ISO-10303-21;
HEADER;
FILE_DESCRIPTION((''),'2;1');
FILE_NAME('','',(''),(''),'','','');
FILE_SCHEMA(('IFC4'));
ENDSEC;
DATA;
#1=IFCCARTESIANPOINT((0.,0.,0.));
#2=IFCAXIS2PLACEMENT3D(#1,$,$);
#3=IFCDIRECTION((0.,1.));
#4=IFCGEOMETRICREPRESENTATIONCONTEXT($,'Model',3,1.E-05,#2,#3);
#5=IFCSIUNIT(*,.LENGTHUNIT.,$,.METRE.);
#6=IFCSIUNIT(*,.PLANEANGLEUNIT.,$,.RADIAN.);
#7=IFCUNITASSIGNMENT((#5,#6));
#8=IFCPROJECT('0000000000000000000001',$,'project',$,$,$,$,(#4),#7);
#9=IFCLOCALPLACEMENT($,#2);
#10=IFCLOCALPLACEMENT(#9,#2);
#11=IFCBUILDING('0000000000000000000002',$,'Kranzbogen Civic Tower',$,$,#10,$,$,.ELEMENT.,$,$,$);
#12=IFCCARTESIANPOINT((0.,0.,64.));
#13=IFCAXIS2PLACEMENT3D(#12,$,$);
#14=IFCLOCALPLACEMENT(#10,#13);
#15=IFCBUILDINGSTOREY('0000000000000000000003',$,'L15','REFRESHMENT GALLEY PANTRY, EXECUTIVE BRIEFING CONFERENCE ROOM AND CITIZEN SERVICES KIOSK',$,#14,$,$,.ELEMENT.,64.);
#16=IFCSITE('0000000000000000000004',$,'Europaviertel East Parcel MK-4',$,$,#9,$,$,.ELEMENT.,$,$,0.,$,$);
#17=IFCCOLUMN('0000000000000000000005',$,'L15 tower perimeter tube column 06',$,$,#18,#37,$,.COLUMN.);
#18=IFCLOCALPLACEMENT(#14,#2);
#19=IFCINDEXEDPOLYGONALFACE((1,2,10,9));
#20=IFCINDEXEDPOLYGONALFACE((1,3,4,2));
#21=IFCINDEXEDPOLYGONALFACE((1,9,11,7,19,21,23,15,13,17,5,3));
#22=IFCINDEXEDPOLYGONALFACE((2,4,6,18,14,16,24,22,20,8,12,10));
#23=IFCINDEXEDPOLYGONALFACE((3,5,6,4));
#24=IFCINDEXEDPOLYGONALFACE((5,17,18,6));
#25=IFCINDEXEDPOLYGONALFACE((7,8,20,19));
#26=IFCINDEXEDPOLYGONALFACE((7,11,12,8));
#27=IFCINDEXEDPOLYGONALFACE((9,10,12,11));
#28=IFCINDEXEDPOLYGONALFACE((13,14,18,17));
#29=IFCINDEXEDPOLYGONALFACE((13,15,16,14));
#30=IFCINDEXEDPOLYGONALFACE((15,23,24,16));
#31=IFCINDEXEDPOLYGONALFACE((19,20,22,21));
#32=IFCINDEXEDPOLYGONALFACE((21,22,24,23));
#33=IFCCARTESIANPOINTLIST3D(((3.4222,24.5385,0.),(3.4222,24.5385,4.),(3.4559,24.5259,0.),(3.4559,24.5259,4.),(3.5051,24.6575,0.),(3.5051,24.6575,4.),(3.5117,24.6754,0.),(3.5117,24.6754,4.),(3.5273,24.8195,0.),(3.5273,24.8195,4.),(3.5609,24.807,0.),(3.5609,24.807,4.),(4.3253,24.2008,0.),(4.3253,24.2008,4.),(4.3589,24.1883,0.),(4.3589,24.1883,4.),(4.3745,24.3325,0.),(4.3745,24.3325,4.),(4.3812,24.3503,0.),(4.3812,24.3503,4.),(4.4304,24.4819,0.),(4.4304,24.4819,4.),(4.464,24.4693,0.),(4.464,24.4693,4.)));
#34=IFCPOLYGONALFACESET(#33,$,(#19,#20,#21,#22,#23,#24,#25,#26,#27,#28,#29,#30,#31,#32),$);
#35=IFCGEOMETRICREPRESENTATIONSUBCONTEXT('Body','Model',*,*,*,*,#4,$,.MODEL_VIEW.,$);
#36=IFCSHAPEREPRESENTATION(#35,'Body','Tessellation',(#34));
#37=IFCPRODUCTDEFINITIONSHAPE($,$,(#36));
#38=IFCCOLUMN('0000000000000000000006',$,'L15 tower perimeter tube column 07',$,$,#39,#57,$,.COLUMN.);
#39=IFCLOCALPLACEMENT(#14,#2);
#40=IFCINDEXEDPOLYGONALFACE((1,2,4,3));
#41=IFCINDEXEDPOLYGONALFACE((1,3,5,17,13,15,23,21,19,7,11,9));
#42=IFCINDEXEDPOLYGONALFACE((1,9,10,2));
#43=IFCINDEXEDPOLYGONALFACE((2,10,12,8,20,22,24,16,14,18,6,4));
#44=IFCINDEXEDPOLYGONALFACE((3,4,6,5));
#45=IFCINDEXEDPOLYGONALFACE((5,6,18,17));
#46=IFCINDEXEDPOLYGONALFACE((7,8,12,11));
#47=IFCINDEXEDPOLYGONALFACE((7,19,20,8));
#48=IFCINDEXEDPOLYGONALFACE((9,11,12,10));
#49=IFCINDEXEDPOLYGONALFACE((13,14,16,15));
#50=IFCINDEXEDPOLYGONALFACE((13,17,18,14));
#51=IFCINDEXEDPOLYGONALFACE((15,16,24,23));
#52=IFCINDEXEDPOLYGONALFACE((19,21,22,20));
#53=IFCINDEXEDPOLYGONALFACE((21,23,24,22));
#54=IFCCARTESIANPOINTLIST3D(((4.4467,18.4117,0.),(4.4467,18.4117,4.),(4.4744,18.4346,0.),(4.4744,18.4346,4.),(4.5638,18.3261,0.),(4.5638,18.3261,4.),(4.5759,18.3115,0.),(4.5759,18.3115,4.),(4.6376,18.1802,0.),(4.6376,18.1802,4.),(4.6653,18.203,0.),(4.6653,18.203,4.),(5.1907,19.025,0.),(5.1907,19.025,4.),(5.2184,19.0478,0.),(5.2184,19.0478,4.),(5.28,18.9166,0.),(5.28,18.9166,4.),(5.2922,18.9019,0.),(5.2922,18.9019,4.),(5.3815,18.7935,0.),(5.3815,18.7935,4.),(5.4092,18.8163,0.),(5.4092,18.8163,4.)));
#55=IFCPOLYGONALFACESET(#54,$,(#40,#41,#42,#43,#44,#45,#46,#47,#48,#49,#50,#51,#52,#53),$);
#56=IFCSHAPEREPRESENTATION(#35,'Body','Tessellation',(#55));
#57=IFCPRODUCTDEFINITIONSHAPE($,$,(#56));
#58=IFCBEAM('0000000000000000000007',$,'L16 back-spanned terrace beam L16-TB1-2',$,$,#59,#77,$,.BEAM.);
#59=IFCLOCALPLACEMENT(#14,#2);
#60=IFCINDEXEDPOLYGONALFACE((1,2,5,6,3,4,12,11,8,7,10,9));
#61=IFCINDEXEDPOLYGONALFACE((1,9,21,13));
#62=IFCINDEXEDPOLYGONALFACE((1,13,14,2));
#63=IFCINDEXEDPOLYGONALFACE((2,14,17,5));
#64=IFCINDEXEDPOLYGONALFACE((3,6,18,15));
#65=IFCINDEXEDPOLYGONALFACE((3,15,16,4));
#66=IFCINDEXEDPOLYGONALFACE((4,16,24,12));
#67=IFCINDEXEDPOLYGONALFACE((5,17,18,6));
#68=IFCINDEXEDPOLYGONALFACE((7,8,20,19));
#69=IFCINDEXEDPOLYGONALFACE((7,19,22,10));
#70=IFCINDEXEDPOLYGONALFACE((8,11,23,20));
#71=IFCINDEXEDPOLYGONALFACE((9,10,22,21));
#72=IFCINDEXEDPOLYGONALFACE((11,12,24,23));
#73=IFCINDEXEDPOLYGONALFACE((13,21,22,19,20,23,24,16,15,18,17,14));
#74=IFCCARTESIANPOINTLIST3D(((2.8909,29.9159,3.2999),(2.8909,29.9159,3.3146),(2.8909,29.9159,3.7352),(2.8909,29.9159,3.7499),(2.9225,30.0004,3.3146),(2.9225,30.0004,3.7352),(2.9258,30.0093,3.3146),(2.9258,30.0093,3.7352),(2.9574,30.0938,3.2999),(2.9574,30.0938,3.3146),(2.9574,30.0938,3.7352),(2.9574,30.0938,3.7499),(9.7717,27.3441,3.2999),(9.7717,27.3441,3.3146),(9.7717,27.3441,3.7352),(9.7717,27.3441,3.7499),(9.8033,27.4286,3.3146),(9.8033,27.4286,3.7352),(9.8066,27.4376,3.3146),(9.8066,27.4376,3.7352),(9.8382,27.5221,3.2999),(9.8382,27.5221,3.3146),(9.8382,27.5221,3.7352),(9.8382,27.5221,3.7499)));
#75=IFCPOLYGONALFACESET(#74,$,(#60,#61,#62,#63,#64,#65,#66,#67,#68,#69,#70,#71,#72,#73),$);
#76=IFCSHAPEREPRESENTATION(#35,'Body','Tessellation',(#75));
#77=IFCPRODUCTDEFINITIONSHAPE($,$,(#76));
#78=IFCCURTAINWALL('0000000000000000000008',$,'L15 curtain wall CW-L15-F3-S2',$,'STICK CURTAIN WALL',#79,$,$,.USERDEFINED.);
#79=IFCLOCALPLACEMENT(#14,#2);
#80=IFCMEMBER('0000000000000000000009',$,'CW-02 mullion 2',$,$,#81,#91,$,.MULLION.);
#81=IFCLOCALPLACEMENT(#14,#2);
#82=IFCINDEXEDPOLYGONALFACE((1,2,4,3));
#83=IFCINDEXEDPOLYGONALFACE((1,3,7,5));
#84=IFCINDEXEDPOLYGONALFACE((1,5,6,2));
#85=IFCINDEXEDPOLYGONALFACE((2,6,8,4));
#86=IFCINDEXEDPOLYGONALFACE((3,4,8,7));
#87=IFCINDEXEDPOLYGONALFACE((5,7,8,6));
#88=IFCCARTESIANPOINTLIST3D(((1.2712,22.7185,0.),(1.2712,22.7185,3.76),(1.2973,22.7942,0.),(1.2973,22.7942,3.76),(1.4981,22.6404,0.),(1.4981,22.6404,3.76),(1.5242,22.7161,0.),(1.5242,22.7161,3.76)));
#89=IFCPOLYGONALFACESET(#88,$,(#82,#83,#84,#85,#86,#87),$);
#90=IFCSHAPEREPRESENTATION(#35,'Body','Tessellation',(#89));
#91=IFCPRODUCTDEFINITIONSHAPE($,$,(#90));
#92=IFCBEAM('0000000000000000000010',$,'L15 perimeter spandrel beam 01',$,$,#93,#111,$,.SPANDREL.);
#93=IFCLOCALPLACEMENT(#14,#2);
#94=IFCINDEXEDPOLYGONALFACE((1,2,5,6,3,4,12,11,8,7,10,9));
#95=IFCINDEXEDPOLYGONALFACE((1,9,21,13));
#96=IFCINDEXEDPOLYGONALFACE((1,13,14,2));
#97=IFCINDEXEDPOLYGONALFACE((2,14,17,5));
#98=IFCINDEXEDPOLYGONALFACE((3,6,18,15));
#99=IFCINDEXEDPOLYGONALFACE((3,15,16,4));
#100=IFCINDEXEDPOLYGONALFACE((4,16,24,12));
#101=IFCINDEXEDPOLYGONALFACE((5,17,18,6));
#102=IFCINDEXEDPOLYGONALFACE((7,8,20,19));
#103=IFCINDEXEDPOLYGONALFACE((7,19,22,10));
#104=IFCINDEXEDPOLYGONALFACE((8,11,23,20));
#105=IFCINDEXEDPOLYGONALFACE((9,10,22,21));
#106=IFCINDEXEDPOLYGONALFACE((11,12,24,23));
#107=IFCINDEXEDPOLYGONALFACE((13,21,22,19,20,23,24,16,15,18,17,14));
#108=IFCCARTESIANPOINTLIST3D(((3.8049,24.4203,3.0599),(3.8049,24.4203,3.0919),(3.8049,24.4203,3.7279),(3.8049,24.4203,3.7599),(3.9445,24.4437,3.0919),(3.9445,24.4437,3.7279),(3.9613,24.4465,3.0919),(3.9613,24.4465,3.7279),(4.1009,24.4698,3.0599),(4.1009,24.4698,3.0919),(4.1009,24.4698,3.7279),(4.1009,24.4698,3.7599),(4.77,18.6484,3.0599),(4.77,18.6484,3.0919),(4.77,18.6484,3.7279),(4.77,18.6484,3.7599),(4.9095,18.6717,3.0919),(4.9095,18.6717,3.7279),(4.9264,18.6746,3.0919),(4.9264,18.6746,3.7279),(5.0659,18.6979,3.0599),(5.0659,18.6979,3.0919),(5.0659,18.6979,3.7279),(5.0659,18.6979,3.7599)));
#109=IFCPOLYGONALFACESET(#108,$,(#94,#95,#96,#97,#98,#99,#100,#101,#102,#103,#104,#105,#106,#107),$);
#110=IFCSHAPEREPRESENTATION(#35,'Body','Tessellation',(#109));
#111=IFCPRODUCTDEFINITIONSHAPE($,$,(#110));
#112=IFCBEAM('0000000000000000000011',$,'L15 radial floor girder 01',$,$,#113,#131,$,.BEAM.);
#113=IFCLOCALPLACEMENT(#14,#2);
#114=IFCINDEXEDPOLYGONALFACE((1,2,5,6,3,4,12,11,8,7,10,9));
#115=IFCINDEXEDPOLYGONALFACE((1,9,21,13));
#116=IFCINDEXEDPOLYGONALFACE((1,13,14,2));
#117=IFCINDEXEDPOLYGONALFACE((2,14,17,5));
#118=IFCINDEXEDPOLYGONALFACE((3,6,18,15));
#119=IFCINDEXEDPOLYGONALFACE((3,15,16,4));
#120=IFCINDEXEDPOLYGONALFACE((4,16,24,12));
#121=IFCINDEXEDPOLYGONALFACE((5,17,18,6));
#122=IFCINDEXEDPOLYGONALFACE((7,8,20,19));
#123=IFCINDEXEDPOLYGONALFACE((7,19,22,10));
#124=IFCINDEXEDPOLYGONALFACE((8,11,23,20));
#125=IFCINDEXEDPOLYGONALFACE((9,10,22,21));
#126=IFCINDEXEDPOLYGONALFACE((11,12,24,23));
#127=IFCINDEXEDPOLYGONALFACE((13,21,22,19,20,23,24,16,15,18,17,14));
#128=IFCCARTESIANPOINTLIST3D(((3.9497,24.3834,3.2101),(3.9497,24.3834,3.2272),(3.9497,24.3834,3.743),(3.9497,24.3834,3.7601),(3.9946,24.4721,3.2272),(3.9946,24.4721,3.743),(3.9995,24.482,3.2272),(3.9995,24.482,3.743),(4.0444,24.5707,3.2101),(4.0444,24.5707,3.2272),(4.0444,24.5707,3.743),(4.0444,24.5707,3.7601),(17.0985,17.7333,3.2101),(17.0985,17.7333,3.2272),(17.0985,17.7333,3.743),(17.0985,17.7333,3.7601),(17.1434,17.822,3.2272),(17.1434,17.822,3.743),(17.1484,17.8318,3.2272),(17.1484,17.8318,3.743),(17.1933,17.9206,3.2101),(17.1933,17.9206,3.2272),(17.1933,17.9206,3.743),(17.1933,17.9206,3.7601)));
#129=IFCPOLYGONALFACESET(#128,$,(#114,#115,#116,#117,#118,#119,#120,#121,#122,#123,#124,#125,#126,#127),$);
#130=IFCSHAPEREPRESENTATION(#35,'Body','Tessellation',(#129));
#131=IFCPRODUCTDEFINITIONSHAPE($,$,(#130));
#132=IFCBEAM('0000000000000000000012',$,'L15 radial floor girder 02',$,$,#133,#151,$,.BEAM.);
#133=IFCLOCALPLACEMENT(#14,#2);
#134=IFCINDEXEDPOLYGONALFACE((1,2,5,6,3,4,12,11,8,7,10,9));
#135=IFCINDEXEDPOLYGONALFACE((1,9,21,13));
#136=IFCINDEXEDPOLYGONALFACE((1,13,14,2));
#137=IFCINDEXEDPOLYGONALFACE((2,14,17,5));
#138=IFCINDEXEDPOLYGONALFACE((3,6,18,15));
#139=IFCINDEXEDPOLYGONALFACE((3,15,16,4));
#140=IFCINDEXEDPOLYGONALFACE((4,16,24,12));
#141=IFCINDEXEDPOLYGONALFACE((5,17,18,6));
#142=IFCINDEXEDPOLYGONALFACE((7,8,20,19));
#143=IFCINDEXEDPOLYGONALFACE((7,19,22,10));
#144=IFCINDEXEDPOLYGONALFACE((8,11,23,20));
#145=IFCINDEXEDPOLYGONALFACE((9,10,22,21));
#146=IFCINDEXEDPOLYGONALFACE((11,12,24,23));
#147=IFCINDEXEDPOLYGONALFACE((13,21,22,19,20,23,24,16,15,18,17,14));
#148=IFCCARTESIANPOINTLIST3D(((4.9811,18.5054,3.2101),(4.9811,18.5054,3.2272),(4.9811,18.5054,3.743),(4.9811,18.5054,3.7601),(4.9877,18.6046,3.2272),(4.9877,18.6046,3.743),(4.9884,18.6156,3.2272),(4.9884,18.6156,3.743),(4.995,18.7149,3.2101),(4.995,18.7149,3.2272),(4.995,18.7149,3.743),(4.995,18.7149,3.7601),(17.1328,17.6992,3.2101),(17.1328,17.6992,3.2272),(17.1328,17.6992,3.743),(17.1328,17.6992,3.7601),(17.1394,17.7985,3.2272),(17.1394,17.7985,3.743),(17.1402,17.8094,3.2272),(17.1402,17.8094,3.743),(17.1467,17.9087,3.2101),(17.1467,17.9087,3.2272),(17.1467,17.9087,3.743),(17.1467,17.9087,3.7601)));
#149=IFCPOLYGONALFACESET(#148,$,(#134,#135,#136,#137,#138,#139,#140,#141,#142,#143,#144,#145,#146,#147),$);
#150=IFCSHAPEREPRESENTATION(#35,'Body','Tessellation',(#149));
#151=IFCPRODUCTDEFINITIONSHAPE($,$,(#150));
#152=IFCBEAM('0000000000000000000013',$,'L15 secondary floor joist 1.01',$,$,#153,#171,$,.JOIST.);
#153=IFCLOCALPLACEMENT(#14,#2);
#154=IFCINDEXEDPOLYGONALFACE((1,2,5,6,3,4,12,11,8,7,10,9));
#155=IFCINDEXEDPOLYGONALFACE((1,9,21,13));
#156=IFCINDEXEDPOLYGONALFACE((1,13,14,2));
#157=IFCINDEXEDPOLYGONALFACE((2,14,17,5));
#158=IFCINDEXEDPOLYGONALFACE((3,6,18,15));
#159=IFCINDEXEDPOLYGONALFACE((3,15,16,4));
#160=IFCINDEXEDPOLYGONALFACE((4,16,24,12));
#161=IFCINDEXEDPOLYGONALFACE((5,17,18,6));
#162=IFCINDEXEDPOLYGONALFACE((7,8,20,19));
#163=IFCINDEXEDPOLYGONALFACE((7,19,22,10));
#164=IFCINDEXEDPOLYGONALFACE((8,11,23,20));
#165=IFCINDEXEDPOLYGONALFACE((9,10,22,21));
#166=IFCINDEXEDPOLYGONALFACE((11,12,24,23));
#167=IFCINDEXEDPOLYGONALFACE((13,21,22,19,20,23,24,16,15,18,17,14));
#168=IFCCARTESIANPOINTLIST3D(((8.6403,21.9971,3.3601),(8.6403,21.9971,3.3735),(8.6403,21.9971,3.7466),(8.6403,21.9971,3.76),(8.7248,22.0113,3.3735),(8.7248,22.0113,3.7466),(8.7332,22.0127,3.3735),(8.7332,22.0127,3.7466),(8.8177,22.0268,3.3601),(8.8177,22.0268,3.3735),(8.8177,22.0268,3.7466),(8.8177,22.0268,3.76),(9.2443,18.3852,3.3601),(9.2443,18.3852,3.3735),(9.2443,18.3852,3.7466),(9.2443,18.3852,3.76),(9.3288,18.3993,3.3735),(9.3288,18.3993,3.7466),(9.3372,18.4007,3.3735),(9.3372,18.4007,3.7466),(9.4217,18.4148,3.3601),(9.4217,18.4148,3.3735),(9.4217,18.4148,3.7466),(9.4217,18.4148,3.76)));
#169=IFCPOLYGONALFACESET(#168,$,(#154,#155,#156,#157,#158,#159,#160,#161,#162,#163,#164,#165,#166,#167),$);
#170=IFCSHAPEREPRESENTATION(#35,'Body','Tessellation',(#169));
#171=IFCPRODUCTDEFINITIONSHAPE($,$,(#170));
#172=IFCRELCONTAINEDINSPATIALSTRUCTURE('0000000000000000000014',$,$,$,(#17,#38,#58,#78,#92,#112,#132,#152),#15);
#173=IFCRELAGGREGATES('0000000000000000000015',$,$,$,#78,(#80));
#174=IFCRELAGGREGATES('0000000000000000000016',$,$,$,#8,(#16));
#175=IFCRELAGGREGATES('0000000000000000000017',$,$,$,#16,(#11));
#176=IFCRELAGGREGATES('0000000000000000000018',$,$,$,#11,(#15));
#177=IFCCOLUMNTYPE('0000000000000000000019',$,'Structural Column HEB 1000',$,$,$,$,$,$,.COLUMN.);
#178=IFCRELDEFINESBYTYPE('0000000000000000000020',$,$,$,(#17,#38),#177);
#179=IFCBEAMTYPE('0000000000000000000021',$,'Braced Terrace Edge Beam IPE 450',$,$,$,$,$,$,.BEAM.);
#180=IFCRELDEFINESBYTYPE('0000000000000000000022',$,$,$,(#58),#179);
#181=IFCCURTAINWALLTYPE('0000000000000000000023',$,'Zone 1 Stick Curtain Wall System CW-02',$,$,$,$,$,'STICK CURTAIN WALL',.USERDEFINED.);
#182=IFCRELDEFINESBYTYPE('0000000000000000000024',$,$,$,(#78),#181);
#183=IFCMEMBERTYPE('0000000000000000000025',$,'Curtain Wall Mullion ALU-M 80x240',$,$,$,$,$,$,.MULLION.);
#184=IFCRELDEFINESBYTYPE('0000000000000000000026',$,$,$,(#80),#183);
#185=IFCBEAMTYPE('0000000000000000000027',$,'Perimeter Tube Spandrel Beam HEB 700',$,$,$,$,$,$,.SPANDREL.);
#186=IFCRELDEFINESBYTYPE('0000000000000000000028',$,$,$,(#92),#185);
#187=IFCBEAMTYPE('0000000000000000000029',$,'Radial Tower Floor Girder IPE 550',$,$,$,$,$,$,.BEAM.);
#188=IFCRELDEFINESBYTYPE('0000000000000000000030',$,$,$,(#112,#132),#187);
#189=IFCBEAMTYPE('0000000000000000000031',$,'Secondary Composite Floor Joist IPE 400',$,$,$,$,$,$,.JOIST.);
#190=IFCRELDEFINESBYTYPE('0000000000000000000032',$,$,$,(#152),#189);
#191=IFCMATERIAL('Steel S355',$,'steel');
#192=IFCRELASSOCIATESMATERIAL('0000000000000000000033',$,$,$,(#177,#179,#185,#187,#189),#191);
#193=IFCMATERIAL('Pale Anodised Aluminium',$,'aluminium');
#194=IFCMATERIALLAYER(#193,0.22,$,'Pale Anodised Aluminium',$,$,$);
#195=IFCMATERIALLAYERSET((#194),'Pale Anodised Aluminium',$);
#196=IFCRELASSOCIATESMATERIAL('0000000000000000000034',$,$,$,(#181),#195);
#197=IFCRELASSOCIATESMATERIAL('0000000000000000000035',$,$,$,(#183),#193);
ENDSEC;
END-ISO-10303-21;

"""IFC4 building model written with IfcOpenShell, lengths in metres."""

from ifc_helpers import new_model, si_unit, direction, frame, origin, origin_2d, place, context, subcontext, project, spatial, rectangle, i_section, extrude, material, layer, layer_set, material_profile, profile_set, type_object, element, aggregate, save


model = new_model("IFC4")

# Units and contexts
model_context = context("Model", 3, precision=1e-05, world=origin(), true_north=direction((0.0, 1.0)))
body_context = subcontext(model_context, "Body", "Model", "MODEL_VIEW")
ifc_project = project(units=[si_unit("LENGTHUNIT", "METRE"), si_unit("PLANEANGLEUNIT", "RADIAN")], contexts=[model_context])

# Site, building, storey
site_placement = place(None, origin())
site = spatial("IfcSite", under=ifc_project, at=site_placement, Name="Europaviertel East Parcel MK-4", CompositionType="ELEMENT", RefElevation=0.0)
building_placement = place(site_placement, origin())
building = spatial("IfcBuilding", under=site, at=building_placement, Name="Kranzbogen Civic Tower", CompositionType="ELEMENT")
storey_placement = place(building_placement, frame((0.0, 0.0, 64.0)))
storey = spatial("IfcBuildingStorey", under=building, at=storey_placement, Name="L15", Description="REFRESHMENT GALLEY PANTRY, EXECUTIVE BRIEFING CONFERENCE ROOM AND CITIZEN SERVICES KIOSK", CompositionType="ELEMENT", Elevation=64.0)

# Columns
ifc_material_1 = material(Name="Steel S355", Category="steel")
ifc_material_profile_1 = material_profile(ifc_material_1, i_section(OverallWidth=0.3, OverallDepth=1.0, WebThickness=0.019, FlangeThickness=0.0359, at=origin_2d()), Name="HEB 1000")
ifc_profile_set_1 = profile_set([ifc_material_profile_1], Name="Steel S355")
column_type = type_object("IfcColumnType", Name="Structural Column HEB 1000", PredefinedType="COLUMN", material=ifc_profile_set_1)
for number, where, z_axis, x_axis, name in (
    (1, (3.9431, 24.5039, 0.0), (0.0, 0.0, 1.0), (0.350207, 0.936672, 0.0), "L15 tower perimeter tube column 06"),
    (2, (4.928, 18.614, 0.0), (0.0, 0.0, 1.0), (-0.636078, 0.771625, 0.0), "L15 tower perimeter tube column 07"),
):
    element("IfcColumn", number, at=place(storey_placement, frame(where, z_axis=z_axis, x_axis=x_axis)), inside=storey, type_object=column_type, Name=name, PredefinedType="COLUMN", context=body_context, shape_type="SweptSolid", body=[
        extrude(i_section(OverallWidth=0.3, OverallDepth=1.0, WebThickness=0.019, FlangeThickness=0.0359, at=origin_2d()), origin(), (0.0, 0.0, 1.0), 4.0),
    ])

# Beam
ifc_material_profile_2 = material_profile(ifc_material_1, i_section(OverallWidth=0.1899, OverallDepth=0.45, WebThickness=0.0095, FlangeThickness=0.0146, at=origin_2d()), Name="IPE 450")
ifc_profile_set_2 = profile_set([ifc_material_profile_2], Name="Steel S355")
beam_type_1 = type_object("IfcBeamType", Name="Braced Terrace Edge Beam IPE 450", PredefinedType="BEAM", material=ifc_profile_set_2)
beam_1_placement = place(storey_placement, frame((9.8049, 27.4331, 3.5249), z_axis=(-0.936711, 0.350103, 0.0), x_axis=(-0.350103, -0.936711, 0.0)))
element("IfcBeam", 3, at=beam_1_placement, inside=storey, type_object=beam_type_1, Name="L16 back-spanned terrace beam L16-TB1-2", PredefinedType="BEAM", context=body_context, shape_type="SweptSolid", body=[
    extrude(i_section(OverallWidth=0.1899, OverallDepth=0.45, WebThickness=0.0095, FlangeThickness=0.0146, at=origin_2d()), origin(), (0.0, 0.0, 1.0), 7.3457),
])

# Curtain wall, member
ifc_material_2 = material(Name="Pale Anodised Aluminium", Category="aluminium")
ifc_layer_1 = layer(ifc_material_2, 0.22, Name="Pale Anodised Aluminium")
ifc_layer_set_1 = layer_set([ifc_layer_1], Name="Pale Anodised Aluminium")
curtain_wall_type = type_object("IfcCurtainWallType", Name="Zone 1 Stick Curtain Wall System CW-02", ElementType="STICK CURTAIN WALL", PredefinedType="USERDEFINED", material=ifc_layer_set_1)
curtain_wall_placement = place(storey_placement, origin())
curtain_wall = element("IfcCurtainWall", 4, at=curtain_wall_placement, inside=storey, type_object=curtain_wall_type, Name="L15 curtain wall CW-L15-F3-S2", ObjectType="STICK CURTAIN WALL", PredefinedType="USERDEFINED")
ifc_material_profile_3 = material_profile(ifc_material_2, rectangle(XDim=0.0801, YDim=0.24, at=origin_2d()), Name="ALU-M 80x240")
ifc_profile_set_3 = profile_set([ifc_material_profile_3], Name="Pale Anodised Aluminium")
member_type = type_object("IfcMemberType", Name="Curtain Wall Mullion ALU-M 80x240", PredefinedType="MULLION", material=ifc_profile_set_3)
member_placement = place(storey_placement, frame((1.3977, 22.7173, 0.0), z_axis=(0.0, 0.0, 1.0), x_axis=(-0.325621, -0.9455, 0.0)))
member = element("IfcMember", 5, at=member_placement, type_object=member_type, Name="CW-02 mullion 2", PredefinedType="MULLION", context=body_context, shape_type="SweptSolid", body=[
    extrude(rectangle(XDim=0.0801, YDim=0.24, at=origin_2d()), origin(), (0.0, 0.0, 1.0), 3.76),
])

# Beams
ifc_material_profile_4 = material_profile(ifc_material_1, i_section(OverallWidth=0.3, OverallDepth=0.7, WebThickness=0.0171, FlangeThickness=0.032, at=origin_2d()), Name="HEB 700")
ifc_profile_set_4 = profile_set([ifc_material_profile_4], Name="Steel S355")
beam_type_2 = type_object("IfcBeamType", Name="Perimeter Tube Spandrel Beam HEB 700", PredefinedType="SPANDREL", material=ifc_profile_set_4)
beam_2_placement = place(storey_placement, frame((3.9529, 24.4451, 3.4099), z_axis=(0.164913, -0.986308, 0.0), x_axis=(0.986308, 0.164913, 0.0)))
element("IfcBeam", 6, at=beam_2_placement, inside=storey, type_object=beam_type_2, Name="L15 perimeter spandrel beam 01", PredefinedType="SPANDREL", context=body_context, shape_type="SweptSolid", body=[
    extrude(i_section(OverallWidth=0.3, OverallDepth=0.7, WebThickness=0.0171, FlangeThickness=0.032, at=origin_2d()), origin(), (0.0, 0.0, 1.0), 5.8521),
])
ifc_material_profile_5 = material_profile(ifc_material_1, i_section(OverallWidth=0.21, OverallDepth=0.55, WebThickness=0.011, FlangeThickness=0.0171, at=origin_2d()), Name="IPE 550")
ifc_profile_set_5 = profile_set([ifc_material_profile_5], Name="Steel S355")
beam_type_3 = type_object("IfcBeamType", Name="Radial Tower Floor Girder IPE 550", PredefinedType="BEAM", material=ifc_profile_set_5)
beam_3_placement = place(storey_placement, frame((3.9971, 24.4771, 3.4851), z_axis=(0.892363, -0.451318, 0.0), x_axis=(0.451318, 0.892363, 0.0)))
element("IfcBeam", 7, at=beam_3_placement, inside=storey, type_object=beam_type_3, Name="L15 radial floor girder 01", PredefinedType="BEAM", context=body_context, shape_type="SweptSolid", body=[
    extrude(i_section(OverallWidth=0.21, OverallDepth=0.55, WebThickness=0.011, FlangeThickness=0.0171, at=origin_2d()), origin(), (0.0, 0.0, 1.0), 14.7349),
])
beam_4_placement = place(storey_placement, frame((4.988, 18.6101, 3.4851), z_axis=(0.997807, -0.066194, 0.0), x_axis=(0.066194, 0.997807, 0.0)))
element("IfcBeam", 8, at=beam_4_placement, inside=storey, type_object=beam_type_3, Name="L15 radial floor girder 02", PredefinedType="BEAM", context=body_context, shape_type="SweptSolid", body=[
    extrude(i_section(OverallWidth=0.21, OverallDepth=0.55, WebThickness=0.011, FlangeThickness=0.0171, at=origin_2d()), origin(), (0.0, 0.0, 1.0), 12.1785),
])
ifc_material_profile_6 = material_profile(ifc_material_1, i_section(OverallWidth=0.1799, OverallDepth=0.3999, WebThickness=0.0085, FlangeThickness=0.0134, at=origin_2d()), Name="IPE 400")
ifc_profile_set_6 = profile_set([ifc_material_profile_6], Name="Steel S355")
beam_type_4 = type_object("IfcBeamType", Name="Secondary Composite Floor Joist IPE 400", PredefinedType="JOIST", material=ifc_profile_set_6)
beam_5_placement = place(storey_placement, frame((8.729, 22.012, 3.5601), z_axis=(0.164929, -0.986305, 0.0), x_axis=(0.986305, 0.164929, 0.0)))
element("IfcBeam", 9, at=beam_5_placement, inside=storey, type_object=beam_type_4, Name="L15 secondary floor joist 1.01", PredefinedType="JOIST", context=body_context, shape_type="SweptSolid", body=[
    extrude(i_section(OverallWidth=0.1799, OverallDepth=0.3999, WebThickness=0.0085, FlangeThickness=0.0134, at=origin_2d()), origin(), (0.0, 0.0, 1.0), 3.6621),
])

aggregate(curtain_wall, [member])

save(model, "model.ifc")
